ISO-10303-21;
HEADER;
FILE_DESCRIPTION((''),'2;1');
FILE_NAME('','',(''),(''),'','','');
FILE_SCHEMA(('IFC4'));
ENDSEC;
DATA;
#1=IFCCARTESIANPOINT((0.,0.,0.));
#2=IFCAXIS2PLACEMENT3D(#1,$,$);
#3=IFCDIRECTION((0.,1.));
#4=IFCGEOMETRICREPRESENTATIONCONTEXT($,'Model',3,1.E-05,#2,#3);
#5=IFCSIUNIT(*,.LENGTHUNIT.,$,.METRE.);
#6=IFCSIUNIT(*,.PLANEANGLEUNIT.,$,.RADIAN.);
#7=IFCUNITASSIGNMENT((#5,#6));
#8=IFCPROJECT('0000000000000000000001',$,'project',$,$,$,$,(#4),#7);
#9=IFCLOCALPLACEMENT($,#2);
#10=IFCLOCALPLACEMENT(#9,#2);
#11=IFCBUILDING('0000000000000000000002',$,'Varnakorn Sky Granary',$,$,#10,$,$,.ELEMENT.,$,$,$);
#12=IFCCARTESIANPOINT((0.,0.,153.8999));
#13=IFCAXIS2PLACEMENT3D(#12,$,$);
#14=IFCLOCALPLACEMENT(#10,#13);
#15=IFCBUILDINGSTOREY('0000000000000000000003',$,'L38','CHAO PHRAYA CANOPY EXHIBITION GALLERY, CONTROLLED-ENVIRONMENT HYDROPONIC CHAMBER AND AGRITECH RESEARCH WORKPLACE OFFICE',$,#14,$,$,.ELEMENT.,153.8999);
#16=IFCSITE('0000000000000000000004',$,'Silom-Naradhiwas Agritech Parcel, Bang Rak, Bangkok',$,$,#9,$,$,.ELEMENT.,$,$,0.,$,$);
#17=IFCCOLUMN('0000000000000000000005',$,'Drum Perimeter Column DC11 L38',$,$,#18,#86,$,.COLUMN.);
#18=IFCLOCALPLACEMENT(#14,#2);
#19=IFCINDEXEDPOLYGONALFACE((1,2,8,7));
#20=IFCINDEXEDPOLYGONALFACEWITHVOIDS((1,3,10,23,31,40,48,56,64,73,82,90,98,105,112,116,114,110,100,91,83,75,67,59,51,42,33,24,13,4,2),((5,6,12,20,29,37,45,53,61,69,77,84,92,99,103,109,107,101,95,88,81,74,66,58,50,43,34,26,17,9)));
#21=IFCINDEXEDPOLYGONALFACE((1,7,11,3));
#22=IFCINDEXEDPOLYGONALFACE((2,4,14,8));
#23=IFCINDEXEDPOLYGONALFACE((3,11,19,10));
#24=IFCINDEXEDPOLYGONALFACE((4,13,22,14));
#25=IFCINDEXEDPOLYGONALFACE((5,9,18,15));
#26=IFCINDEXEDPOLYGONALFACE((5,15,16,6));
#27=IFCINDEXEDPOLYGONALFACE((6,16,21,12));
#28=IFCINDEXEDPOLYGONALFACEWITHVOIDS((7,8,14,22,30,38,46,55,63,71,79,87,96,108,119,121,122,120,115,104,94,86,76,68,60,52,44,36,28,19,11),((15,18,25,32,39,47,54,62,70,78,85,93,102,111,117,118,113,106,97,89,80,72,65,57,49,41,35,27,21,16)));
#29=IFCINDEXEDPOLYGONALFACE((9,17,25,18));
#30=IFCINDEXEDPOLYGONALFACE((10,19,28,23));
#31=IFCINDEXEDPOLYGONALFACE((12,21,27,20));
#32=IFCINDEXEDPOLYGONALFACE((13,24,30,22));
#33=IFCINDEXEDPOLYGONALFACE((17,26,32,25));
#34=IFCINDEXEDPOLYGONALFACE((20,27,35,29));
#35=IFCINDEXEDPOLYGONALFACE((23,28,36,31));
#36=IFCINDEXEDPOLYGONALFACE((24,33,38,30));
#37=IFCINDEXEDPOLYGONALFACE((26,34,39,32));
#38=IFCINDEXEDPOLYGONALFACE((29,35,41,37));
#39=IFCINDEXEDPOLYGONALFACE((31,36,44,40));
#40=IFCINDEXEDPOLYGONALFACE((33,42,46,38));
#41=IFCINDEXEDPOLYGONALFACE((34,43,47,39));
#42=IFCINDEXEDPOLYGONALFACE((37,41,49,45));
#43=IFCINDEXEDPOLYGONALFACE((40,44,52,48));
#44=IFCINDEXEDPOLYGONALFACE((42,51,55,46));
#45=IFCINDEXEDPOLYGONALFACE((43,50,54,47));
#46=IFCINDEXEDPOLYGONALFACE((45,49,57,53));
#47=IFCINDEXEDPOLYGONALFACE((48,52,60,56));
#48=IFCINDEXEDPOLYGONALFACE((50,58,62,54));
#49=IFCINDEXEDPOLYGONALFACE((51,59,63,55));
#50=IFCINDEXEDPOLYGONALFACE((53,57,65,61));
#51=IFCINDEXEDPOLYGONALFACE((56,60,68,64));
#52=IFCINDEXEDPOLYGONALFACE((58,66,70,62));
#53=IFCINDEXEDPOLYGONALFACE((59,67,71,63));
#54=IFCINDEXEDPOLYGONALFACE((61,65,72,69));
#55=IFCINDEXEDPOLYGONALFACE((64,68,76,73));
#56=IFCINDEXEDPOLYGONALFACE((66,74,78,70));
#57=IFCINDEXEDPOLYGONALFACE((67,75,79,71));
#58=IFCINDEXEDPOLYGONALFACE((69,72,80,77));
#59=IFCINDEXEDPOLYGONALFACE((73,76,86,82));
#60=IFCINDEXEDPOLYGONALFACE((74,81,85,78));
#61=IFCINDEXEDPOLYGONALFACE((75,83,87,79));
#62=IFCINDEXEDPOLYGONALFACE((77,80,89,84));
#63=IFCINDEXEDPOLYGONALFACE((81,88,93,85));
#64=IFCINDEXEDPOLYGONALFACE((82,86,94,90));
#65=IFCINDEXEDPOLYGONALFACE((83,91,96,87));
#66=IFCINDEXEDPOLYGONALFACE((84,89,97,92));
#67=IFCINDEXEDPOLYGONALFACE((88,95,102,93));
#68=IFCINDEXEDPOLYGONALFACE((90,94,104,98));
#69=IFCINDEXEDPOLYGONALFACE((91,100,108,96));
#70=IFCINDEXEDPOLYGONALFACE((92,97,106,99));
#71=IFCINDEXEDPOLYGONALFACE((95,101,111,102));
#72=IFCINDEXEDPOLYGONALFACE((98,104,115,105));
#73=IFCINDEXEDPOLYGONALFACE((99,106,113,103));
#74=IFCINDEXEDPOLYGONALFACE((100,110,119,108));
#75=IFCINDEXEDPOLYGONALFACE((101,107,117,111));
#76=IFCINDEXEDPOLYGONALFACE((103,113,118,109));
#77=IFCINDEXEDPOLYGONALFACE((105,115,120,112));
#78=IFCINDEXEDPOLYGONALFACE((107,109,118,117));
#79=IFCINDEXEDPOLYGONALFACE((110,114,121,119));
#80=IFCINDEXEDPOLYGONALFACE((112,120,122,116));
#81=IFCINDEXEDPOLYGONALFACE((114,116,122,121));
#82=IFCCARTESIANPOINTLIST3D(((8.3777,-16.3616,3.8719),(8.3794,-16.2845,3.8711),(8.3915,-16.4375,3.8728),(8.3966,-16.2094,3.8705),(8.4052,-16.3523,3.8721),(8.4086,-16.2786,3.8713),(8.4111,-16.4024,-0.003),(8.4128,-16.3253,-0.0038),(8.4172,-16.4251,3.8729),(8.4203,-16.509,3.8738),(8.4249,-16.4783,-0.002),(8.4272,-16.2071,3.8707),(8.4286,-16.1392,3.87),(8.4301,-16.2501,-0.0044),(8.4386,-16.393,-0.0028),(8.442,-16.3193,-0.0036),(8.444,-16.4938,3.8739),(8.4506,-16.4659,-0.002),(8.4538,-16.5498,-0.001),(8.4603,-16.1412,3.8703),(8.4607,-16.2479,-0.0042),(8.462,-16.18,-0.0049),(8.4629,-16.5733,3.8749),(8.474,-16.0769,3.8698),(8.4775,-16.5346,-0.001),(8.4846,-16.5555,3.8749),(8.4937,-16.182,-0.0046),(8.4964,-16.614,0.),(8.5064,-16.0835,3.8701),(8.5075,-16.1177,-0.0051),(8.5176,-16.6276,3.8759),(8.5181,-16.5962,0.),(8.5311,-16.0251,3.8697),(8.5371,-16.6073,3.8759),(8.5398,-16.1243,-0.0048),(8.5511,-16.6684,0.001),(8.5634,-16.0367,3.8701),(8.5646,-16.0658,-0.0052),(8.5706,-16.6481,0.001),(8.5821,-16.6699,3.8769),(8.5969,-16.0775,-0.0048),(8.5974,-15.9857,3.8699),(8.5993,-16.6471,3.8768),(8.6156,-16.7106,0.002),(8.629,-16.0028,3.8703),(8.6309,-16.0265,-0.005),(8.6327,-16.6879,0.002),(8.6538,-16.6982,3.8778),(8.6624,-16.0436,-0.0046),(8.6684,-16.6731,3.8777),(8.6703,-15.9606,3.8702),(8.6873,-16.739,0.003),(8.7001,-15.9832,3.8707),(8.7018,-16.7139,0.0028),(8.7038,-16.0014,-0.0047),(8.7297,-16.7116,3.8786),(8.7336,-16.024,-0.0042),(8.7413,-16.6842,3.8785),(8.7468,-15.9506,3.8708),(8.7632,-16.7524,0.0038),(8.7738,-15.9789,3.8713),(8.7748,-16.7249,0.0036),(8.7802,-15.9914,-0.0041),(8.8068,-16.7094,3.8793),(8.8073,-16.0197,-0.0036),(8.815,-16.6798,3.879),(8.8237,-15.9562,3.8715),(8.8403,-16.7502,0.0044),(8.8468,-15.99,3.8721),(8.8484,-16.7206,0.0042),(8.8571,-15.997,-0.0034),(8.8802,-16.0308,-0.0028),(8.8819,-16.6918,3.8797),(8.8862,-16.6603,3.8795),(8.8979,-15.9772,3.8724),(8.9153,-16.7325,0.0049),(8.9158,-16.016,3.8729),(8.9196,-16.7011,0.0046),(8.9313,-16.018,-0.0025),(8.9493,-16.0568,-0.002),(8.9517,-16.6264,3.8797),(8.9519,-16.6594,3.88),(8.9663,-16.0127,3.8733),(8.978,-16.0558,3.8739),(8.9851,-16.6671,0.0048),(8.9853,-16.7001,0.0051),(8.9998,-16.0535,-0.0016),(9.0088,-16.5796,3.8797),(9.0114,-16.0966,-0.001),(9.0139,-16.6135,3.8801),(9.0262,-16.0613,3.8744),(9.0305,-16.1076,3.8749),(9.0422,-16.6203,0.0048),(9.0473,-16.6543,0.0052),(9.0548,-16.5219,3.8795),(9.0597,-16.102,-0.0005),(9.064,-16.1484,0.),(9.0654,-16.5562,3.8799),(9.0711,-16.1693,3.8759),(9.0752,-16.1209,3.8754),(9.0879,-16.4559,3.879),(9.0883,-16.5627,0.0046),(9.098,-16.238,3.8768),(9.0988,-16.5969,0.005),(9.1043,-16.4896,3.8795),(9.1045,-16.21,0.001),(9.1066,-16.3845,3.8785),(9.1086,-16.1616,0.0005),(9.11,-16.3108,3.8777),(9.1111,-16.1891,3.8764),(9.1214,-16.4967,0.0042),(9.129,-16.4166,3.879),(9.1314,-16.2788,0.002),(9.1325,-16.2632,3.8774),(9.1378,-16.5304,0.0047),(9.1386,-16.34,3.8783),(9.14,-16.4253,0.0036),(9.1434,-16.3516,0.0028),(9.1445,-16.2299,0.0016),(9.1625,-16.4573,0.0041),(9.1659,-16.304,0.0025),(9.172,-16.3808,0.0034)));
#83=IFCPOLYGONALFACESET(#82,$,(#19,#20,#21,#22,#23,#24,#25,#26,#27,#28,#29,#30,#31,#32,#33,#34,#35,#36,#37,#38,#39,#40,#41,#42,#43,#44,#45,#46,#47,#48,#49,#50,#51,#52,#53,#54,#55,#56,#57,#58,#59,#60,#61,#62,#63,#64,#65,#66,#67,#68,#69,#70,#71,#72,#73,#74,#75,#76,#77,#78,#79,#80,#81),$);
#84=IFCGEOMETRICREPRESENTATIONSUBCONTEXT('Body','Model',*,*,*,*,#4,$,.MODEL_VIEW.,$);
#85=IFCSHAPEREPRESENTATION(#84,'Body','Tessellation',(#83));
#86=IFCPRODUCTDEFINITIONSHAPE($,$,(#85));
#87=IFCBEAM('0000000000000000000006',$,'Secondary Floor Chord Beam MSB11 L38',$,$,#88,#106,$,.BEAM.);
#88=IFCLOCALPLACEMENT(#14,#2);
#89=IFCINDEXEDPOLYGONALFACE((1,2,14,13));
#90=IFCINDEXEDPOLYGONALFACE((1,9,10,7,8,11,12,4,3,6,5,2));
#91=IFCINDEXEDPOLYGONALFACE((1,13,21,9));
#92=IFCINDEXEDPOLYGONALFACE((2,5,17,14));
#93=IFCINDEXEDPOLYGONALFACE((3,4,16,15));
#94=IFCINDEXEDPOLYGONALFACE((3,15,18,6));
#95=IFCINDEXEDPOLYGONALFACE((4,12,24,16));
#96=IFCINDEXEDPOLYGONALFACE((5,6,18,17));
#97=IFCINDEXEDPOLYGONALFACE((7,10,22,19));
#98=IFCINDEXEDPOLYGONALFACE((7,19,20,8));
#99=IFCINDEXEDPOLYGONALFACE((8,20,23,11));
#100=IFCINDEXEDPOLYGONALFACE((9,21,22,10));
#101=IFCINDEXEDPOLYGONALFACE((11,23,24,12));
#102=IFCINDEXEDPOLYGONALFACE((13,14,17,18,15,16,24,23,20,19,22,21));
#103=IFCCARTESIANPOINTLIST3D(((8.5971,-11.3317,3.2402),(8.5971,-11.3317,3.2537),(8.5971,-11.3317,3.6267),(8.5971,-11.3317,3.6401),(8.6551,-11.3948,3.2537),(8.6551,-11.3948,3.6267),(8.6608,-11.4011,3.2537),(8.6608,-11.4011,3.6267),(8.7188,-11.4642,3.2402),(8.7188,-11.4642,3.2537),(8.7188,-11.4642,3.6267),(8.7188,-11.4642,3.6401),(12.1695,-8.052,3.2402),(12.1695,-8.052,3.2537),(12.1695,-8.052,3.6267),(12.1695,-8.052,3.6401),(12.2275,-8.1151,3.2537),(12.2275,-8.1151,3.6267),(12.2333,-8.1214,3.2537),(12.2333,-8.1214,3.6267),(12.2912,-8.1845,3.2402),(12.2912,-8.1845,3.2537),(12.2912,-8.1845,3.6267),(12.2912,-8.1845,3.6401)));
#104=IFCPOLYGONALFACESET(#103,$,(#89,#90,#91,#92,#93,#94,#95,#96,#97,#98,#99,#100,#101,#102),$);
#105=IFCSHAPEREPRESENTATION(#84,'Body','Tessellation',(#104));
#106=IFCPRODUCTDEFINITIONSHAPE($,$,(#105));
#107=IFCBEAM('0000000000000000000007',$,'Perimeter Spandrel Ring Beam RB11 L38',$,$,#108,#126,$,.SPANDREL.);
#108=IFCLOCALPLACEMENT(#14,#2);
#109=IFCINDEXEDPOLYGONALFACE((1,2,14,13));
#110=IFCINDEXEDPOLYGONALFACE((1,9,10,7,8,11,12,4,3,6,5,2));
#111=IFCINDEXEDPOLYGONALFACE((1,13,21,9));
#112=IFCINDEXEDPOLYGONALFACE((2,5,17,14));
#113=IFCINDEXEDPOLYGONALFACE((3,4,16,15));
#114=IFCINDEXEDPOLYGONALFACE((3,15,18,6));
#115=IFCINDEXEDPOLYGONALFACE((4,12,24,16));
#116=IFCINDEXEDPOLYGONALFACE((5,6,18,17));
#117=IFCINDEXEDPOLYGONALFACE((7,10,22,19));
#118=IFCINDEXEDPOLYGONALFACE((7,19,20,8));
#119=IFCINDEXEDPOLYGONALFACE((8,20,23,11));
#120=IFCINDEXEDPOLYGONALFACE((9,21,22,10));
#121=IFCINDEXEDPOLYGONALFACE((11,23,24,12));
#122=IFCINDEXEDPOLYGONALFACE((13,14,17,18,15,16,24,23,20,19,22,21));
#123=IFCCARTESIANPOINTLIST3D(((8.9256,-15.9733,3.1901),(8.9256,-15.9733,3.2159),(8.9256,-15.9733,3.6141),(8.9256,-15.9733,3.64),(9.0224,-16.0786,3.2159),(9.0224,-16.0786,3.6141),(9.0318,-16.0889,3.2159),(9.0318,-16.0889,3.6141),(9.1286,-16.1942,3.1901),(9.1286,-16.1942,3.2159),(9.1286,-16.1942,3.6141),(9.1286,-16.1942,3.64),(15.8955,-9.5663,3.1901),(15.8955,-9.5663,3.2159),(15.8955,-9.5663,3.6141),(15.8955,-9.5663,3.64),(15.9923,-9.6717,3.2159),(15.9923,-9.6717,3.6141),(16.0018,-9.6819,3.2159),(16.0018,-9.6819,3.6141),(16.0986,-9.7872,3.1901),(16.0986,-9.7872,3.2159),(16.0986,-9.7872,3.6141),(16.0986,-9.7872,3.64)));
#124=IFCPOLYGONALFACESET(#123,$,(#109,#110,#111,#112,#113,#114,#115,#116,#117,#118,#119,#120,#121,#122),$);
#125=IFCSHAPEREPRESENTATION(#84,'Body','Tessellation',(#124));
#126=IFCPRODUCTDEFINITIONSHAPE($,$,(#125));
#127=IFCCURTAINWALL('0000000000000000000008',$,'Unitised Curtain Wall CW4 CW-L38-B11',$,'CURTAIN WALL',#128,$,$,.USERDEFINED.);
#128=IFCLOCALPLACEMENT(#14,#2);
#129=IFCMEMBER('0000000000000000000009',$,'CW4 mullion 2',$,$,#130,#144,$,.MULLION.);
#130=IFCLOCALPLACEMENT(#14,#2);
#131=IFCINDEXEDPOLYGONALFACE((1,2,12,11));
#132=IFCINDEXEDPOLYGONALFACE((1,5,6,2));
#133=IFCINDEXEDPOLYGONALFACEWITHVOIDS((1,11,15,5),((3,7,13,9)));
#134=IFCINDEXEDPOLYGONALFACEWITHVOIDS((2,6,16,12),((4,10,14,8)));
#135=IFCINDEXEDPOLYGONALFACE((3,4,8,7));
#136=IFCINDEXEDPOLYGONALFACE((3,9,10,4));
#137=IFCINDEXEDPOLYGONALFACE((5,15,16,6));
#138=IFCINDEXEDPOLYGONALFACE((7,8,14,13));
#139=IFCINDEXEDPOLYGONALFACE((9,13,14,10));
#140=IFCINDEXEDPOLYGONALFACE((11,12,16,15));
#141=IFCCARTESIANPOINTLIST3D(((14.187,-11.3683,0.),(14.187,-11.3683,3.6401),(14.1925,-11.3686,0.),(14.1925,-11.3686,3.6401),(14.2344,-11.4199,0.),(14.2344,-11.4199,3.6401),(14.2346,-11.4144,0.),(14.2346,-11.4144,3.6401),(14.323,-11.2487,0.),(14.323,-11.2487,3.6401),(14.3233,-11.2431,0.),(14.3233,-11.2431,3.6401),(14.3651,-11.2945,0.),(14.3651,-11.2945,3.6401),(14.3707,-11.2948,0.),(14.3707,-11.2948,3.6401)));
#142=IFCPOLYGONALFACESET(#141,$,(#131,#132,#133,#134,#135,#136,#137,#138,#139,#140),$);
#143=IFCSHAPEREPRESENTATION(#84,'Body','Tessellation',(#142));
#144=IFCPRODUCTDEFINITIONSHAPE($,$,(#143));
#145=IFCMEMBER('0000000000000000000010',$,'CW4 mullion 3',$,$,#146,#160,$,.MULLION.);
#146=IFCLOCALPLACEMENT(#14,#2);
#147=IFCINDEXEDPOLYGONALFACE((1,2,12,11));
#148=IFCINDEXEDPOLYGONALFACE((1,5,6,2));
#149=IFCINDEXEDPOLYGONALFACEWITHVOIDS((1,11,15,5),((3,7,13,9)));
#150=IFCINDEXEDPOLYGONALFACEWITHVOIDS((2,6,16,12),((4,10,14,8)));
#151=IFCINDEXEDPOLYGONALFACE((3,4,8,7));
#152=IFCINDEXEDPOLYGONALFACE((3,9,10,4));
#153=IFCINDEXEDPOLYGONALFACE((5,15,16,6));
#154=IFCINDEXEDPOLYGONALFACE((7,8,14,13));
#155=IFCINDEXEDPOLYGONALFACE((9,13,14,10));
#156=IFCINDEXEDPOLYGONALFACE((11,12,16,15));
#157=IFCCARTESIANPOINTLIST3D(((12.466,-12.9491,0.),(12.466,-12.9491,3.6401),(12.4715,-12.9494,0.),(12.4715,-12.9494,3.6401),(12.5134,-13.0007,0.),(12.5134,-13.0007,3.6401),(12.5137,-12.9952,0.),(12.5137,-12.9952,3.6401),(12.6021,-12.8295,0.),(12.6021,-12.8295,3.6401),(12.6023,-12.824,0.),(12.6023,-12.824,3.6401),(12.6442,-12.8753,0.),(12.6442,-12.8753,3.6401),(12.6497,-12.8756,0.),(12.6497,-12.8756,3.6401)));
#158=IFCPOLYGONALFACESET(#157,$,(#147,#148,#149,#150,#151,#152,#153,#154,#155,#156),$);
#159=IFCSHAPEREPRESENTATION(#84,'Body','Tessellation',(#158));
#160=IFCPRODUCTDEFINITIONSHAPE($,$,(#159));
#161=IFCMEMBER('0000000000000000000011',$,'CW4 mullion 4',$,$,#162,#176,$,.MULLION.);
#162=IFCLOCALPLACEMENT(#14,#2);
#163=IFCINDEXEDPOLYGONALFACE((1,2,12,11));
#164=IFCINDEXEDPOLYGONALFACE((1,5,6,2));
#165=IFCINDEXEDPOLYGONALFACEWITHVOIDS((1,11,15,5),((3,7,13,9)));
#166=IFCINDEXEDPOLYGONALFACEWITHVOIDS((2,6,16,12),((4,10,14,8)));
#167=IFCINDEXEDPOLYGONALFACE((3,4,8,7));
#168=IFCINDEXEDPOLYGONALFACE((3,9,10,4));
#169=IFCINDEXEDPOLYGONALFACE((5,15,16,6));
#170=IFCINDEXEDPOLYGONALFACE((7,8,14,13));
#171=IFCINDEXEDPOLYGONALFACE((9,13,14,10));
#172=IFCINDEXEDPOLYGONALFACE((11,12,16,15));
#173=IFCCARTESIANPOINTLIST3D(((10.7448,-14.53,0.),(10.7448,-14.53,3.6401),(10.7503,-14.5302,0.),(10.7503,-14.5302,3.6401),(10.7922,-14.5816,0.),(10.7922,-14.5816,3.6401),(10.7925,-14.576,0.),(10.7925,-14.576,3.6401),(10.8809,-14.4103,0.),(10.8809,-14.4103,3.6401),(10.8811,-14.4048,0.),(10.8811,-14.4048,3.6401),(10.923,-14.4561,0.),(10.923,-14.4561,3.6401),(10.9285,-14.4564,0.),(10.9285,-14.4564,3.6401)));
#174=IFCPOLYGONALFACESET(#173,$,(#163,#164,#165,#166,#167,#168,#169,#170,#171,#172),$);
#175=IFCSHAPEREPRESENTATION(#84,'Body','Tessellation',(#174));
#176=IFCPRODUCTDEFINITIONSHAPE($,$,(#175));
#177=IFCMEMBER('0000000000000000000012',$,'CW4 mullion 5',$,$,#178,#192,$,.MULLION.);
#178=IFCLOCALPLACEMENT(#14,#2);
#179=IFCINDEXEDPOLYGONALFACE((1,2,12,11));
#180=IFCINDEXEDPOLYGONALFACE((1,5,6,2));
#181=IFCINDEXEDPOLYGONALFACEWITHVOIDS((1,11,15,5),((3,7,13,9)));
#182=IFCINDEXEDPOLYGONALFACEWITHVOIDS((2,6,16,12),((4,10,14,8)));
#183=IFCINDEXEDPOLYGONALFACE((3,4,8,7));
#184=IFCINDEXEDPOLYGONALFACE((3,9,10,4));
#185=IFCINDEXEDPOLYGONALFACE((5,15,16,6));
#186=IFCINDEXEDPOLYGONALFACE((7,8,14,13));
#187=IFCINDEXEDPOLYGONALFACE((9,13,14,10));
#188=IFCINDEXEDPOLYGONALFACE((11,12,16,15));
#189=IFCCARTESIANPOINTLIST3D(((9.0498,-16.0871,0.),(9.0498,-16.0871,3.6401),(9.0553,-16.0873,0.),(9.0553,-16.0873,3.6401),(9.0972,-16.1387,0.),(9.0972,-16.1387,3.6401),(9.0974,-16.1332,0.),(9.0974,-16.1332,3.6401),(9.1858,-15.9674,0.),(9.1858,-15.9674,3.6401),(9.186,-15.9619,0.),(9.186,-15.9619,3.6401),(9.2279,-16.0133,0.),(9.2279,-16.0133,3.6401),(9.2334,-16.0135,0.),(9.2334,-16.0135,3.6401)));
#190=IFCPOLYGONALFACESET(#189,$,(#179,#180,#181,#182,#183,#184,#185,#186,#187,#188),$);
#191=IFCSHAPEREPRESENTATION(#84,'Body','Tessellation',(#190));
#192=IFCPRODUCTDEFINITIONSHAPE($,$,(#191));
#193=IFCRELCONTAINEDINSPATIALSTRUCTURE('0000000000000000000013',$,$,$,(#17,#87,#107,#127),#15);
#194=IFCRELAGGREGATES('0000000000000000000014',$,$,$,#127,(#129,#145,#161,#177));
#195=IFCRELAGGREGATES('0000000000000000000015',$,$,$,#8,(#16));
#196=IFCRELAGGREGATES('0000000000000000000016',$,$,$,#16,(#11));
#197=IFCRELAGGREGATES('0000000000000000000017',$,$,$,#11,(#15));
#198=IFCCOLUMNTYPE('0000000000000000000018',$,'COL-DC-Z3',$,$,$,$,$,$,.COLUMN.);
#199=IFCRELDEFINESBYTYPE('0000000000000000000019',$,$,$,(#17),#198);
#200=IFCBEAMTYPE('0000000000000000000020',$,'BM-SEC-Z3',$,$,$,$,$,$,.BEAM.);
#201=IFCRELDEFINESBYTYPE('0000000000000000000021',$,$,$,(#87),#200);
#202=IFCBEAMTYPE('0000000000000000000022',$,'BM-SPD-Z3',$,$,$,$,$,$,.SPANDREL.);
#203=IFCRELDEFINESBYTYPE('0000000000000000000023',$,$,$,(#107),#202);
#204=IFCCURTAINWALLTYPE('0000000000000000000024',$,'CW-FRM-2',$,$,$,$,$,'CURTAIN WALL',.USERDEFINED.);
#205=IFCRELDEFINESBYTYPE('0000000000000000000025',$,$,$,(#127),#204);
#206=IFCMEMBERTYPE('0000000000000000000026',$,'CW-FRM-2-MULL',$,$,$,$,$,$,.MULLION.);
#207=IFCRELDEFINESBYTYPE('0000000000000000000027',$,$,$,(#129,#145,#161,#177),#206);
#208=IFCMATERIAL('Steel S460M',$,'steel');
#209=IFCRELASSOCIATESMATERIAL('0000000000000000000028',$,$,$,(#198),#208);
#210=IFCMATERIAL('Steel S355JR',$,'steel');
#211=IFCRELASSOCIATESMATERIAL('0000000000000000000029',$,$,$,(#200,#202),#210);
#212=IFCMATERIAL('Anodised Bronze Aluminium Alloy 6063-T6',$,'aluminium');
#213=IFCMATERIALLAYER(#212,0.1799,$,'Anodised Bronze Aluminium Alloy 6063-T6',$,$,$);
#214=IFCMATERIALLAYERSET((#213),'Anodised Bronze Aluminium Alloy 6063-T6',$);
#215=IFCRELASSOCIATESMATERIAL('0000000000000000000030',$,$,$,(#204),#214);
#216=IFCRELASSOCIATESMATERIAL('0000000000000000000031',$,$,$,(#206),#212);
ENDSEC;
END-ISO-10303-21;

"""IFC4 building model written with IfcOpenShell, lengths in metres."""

from ifc_helpers import new_model, si_unit, direction, frame, origin, origin_2d, place, context, subcontext, project, spatial, hollow_rectangle, hollow_circle, i_section, extrude, material, layer, layer_set, material_profile, profile_set, type_object, element, aggregate, save


model = new_model("IFC4")

# Units and contexts
model_context = context("Model", 3, precision=1e-05, world=origin(), true_north=direction((0.0, 1.0)))
body_context = subcontext(model_context, "Body", "Model", "MODEL_VIEW")
ifc_project = project(units=[si_unit("LENGTHUNIT", "METRE"), si_unit("PLANEANGLEUNIT", "RADIAN")], contexts=[model_context])

# Site, building, storey
site_placement = place(None, origin())
site = spatial("IfcSite", under=ifc_project, at=site_placement, Name="Silom-Naradhiwas Agritech Parcel, Bang Rak, Bangkok", CompositionType="ELEMENT", RefElevation=0.0)
building_placement = place(site_placement, origin())
building = spatial("IfcBuilding", under=site, at=building_placement, Name="Varnakorn Sky Granary", CompositionType="ELEMENT")
storey_placement = place(building_placement, frame((0.0, 0.0, 153.8999)))
storey = spatial("IfcBuildingStorey", under=building, at=storey_placement, Name="L38", Description="CHAO PHRAYA CANOPY EXHIBITION GALLERY, CONTROLLED-ENVIRONMENT HYDROPONIC CHAMBER AND AGRITECH RESEARCH WORKPLACE OFFICE", CompositionType="ELEMENT", Elevation=153.8999)

# Column
ifc_material_1 = material(Name="Steel S460M", Category="steel")
ifc_material_profile_1 = material_profile(ifc_material_1, hollow_circle(Radius=0.3811, WallThickness=0.0281, at=origin_2d()), Name="CHS 762x28")
ifc_profile_set_1 = profile_set([ifc_material_profile_1], Name="Steel S460M")
column_type = type_object("IfcColumnType", Name="COL-DC-Z3", PredefinedType="COLUMN", material=ifc_profile_set_1)
column_placement = place(storey_placement, frame((8.791, -16.3723, 0.0), z_axis=(-0.008631, 0.010521, 0.999907), x_axis=(-0.773132, -0.634246, 0.0)))
element("IfcColumn", 1, at=column_placement, inside=storey, type_object=column_type, Name="Drum Perimeter Column DC11 L38", PredefinedType="COLUMN", context=body_context, shape_type="SweptSolid", body=[
    extrude(hollow_circle(Radius=0.3811, WallThickness=0.0281, at=origin_2d()), origin(), (0.0, 0.0, 1.0), 3.8752),
])

# Beams
ifc_material_2 = material(Name="Steel S355JR", Category="steel")
ifc_material_profile_2 = material_profile(ifc_material_2, i_section(OverallWidth=0.1799, OverallDepth=0.3999, WebThickness=0.0085, FlangeThickness=0.0134, at=origin_2d()), Name="IPE 400")
ifc_profile_set_2 = profile_set([ifc_material_profile_2], Name="Steel S355JR")
beam_type_1 = type_object("IfcBeamType", Name="BM-SEC-Z3", PredefinedType="BEAM", material=ifc_profile_set_2)
beam_1_placement = place(storey_placement, frame((8.658, -11.3979, 3.4402), z_axis=(0.736642, 0.676283, 0.0), x_axis=(-0.676283, 0.736642, 0.0)))
element("IfcBeam", 2, at=beam_1_placement, inside=storey, type_object=beam_type_1, Name="Secondary Floor Chord Beam MSB11 L38", PredefinedType="BEAM", context=body_context, shape_type="SweptSolid", body=[
    extrude(i_section(OverallWidth=0.1799, OverallDepth=0.3999, WebThickness=0.0085, FlangeThickness=0.0134, at=origin_2d()), origin(), (0.0, 0.0, 1.0), 4.8496),
])
ifc_material_profile_3 = material_profile(ifc_material_2, i_section(OverallWidth=0.3, OverallDepth=0.45, WebThickness=0.0139, FlangeThickness=0.0259, at=origin_2d()), Name="HE 450 B")
ifc_profile_set_3 = profile_set([ifc_material_profile_3], Name="Steel S355JR")
beam_type_2 = type_object("IfcBeamType", Name="BM-SPD-Z3", PredefinedType="SPANDREL", material=ifc_profile_set_3)
beam_2_placement = place(storey_placement, frame((9.0271, -16.0837, 3.415), z_axis=(0.736215, 0.676748, 0.0), x_axis=(-0.676748, 0.736215, 0.0)))
element("IfcBeam", 3, at=beam_2_placement, inside=storey, type_object=beam_type_2, Name="Perimeter Spandrel Ring Beam RB11 L38", PredefinedType="SPANDREL", context=body_context, shape_type="SweptSolid", body=[
    extrude(i_section(OverallWidth=0.3, OverallDepth=0.45, WebThickness=0.0139, FlangeThickness=0.0259, at=origin_2d()), origin(), (0.0, 0.0, 1.0), 9.4673),
])

# Curtain wall, members
ifc_material_3 = material(Name="Anodised Bronze Aluminium Alloy 6063-T6", Category="aluminium")
ifc_layer_1 = layer(ifc_material_3, 0.1799, Name="Anodised Bronze Aluminium Alloy 6063-T6")
ifc_layer_set_1 = layer_set([ifc_layer_1], Name="Anodised Bronze Aluminium Alloy 6063-T6")
curtain_wall_type = type_object("IfcCurtainWallType", Name="CW-FRM-2", ElementType="CURTAIN WALL", PredefinedType="USERDEFINED", material=ifc_layer_set_1)
curtain_wall_placement = place(storey_placement, origin())
curtain_wall = element("IfcCurtainWall", 4, at=curtain_wall_placement, inside=storey, type_object=curtain_wall_type, Name="Unitised Curtain Wall CW4 CW-L38-B11", ObjectType="CURTAIN WALL", PredefinedType="USERDEFINED")
ifc_material_profile_4 = material_profile(ifc_material_3, hollow_rectangle(XDim=0.0701, YDim=0.1851, WallThickness=0.0039, at=origin_2d()), Name="ALU MULL 70x185")
ifc_profile_set_4 = profile_set([ifc_material_profile_4], Name="Anodised Bronze Aluminium Alloy 6063-T6")
member_type_1 = type_object("IfcMemberType", Name="CW-FRM-2-MULL", PredefinedType="MULLION", material=ifc_profile_set_4)
member_1_placement = place(storey_placement, frame((14.2788, -11.3315, 0.0), z_axis=(0.0, 0.0, 1.0), x_axis=(0.676472, -0.736469, 0.0)))
member_1 = element("IfcMember", 5, at=member_1_placement, type_object=member_type_1, Name="CW4 mullion 2", PredefinedType="MULLION", context=body_context, shape_type="SweptSolid", body=[
    extrude(hollow_rectangle(XDim=0.0701, YDim=0.1851, WallThickness=0.0039, at=origin_2d()), origin(), (0.0, 0.0, 1.0), 3.6401),
])
member_2_placement = place(storey_placement, frame((12.5579, -12.9124, 0.0), z_axis=(0.0, 0.0, 1.0), x_axis=(0.676472, -0.736469, 0.0)))
member_2 = element("IfcMember", 6, at=member_2_placement, type_object=member_type_1, Name="CW4 mullion 3", PredefinedType="MULLION", context=body_context, shape_type="SweptSolid", body=[
    extrude(hollow_rectangle(XDim=0.0701, YDim=0.1851, WallThickness=0.0039, at=origin_2d()), origin(), (0.0, 0.0, 1.0), 3.6401),
])
member_3_placement = place(storey_placement, frame((10.8367, -14.4932, 0.0), z_axis=(0.0, 0.0, 1.0), x_axis=(0.676472, -0.736469, 0.0)))
member_3 = element("IfcMember", 7, at=member_3_placement, type_object=member_type_1, Name="CW4 mullion 4", PredefinedType="MULLION", context=body_context, shape_type="SweptSolid", body=[
    extrude(hollow_rectangle(XDim=0.0701, YDim=0.1851, WallThickness=0.0039, at=origin_2d()), origin(), (0.0, 0.0, 1.0), 3.6401),
])
member_4_placement = place(storey_placement, frame((9.1416, -16.0503, 0.0), z_axis=(0.0, 0.0, 1.0), x_axis=(0.676472, -0.736469, 0.0)))
member_4 = element("IfcMember", 8, at=member_4_placement, type_object=member_type_1, Name="CW4 mullion 5", PredefinedType="MULLION", context=body_context, shape_type="SweptSolid", body=[
    extrude(hollow_rectangle(XDim=0.0701, YDim=0.1851, WallThickness=0.0039, at=origin_2d()), origin(), (0.0, 0.0, 1.0), 3.6401),
])

aggregate(curtain_wall, [member_1, member_2, member_3, member_4])

save(model, "model.ifc")
